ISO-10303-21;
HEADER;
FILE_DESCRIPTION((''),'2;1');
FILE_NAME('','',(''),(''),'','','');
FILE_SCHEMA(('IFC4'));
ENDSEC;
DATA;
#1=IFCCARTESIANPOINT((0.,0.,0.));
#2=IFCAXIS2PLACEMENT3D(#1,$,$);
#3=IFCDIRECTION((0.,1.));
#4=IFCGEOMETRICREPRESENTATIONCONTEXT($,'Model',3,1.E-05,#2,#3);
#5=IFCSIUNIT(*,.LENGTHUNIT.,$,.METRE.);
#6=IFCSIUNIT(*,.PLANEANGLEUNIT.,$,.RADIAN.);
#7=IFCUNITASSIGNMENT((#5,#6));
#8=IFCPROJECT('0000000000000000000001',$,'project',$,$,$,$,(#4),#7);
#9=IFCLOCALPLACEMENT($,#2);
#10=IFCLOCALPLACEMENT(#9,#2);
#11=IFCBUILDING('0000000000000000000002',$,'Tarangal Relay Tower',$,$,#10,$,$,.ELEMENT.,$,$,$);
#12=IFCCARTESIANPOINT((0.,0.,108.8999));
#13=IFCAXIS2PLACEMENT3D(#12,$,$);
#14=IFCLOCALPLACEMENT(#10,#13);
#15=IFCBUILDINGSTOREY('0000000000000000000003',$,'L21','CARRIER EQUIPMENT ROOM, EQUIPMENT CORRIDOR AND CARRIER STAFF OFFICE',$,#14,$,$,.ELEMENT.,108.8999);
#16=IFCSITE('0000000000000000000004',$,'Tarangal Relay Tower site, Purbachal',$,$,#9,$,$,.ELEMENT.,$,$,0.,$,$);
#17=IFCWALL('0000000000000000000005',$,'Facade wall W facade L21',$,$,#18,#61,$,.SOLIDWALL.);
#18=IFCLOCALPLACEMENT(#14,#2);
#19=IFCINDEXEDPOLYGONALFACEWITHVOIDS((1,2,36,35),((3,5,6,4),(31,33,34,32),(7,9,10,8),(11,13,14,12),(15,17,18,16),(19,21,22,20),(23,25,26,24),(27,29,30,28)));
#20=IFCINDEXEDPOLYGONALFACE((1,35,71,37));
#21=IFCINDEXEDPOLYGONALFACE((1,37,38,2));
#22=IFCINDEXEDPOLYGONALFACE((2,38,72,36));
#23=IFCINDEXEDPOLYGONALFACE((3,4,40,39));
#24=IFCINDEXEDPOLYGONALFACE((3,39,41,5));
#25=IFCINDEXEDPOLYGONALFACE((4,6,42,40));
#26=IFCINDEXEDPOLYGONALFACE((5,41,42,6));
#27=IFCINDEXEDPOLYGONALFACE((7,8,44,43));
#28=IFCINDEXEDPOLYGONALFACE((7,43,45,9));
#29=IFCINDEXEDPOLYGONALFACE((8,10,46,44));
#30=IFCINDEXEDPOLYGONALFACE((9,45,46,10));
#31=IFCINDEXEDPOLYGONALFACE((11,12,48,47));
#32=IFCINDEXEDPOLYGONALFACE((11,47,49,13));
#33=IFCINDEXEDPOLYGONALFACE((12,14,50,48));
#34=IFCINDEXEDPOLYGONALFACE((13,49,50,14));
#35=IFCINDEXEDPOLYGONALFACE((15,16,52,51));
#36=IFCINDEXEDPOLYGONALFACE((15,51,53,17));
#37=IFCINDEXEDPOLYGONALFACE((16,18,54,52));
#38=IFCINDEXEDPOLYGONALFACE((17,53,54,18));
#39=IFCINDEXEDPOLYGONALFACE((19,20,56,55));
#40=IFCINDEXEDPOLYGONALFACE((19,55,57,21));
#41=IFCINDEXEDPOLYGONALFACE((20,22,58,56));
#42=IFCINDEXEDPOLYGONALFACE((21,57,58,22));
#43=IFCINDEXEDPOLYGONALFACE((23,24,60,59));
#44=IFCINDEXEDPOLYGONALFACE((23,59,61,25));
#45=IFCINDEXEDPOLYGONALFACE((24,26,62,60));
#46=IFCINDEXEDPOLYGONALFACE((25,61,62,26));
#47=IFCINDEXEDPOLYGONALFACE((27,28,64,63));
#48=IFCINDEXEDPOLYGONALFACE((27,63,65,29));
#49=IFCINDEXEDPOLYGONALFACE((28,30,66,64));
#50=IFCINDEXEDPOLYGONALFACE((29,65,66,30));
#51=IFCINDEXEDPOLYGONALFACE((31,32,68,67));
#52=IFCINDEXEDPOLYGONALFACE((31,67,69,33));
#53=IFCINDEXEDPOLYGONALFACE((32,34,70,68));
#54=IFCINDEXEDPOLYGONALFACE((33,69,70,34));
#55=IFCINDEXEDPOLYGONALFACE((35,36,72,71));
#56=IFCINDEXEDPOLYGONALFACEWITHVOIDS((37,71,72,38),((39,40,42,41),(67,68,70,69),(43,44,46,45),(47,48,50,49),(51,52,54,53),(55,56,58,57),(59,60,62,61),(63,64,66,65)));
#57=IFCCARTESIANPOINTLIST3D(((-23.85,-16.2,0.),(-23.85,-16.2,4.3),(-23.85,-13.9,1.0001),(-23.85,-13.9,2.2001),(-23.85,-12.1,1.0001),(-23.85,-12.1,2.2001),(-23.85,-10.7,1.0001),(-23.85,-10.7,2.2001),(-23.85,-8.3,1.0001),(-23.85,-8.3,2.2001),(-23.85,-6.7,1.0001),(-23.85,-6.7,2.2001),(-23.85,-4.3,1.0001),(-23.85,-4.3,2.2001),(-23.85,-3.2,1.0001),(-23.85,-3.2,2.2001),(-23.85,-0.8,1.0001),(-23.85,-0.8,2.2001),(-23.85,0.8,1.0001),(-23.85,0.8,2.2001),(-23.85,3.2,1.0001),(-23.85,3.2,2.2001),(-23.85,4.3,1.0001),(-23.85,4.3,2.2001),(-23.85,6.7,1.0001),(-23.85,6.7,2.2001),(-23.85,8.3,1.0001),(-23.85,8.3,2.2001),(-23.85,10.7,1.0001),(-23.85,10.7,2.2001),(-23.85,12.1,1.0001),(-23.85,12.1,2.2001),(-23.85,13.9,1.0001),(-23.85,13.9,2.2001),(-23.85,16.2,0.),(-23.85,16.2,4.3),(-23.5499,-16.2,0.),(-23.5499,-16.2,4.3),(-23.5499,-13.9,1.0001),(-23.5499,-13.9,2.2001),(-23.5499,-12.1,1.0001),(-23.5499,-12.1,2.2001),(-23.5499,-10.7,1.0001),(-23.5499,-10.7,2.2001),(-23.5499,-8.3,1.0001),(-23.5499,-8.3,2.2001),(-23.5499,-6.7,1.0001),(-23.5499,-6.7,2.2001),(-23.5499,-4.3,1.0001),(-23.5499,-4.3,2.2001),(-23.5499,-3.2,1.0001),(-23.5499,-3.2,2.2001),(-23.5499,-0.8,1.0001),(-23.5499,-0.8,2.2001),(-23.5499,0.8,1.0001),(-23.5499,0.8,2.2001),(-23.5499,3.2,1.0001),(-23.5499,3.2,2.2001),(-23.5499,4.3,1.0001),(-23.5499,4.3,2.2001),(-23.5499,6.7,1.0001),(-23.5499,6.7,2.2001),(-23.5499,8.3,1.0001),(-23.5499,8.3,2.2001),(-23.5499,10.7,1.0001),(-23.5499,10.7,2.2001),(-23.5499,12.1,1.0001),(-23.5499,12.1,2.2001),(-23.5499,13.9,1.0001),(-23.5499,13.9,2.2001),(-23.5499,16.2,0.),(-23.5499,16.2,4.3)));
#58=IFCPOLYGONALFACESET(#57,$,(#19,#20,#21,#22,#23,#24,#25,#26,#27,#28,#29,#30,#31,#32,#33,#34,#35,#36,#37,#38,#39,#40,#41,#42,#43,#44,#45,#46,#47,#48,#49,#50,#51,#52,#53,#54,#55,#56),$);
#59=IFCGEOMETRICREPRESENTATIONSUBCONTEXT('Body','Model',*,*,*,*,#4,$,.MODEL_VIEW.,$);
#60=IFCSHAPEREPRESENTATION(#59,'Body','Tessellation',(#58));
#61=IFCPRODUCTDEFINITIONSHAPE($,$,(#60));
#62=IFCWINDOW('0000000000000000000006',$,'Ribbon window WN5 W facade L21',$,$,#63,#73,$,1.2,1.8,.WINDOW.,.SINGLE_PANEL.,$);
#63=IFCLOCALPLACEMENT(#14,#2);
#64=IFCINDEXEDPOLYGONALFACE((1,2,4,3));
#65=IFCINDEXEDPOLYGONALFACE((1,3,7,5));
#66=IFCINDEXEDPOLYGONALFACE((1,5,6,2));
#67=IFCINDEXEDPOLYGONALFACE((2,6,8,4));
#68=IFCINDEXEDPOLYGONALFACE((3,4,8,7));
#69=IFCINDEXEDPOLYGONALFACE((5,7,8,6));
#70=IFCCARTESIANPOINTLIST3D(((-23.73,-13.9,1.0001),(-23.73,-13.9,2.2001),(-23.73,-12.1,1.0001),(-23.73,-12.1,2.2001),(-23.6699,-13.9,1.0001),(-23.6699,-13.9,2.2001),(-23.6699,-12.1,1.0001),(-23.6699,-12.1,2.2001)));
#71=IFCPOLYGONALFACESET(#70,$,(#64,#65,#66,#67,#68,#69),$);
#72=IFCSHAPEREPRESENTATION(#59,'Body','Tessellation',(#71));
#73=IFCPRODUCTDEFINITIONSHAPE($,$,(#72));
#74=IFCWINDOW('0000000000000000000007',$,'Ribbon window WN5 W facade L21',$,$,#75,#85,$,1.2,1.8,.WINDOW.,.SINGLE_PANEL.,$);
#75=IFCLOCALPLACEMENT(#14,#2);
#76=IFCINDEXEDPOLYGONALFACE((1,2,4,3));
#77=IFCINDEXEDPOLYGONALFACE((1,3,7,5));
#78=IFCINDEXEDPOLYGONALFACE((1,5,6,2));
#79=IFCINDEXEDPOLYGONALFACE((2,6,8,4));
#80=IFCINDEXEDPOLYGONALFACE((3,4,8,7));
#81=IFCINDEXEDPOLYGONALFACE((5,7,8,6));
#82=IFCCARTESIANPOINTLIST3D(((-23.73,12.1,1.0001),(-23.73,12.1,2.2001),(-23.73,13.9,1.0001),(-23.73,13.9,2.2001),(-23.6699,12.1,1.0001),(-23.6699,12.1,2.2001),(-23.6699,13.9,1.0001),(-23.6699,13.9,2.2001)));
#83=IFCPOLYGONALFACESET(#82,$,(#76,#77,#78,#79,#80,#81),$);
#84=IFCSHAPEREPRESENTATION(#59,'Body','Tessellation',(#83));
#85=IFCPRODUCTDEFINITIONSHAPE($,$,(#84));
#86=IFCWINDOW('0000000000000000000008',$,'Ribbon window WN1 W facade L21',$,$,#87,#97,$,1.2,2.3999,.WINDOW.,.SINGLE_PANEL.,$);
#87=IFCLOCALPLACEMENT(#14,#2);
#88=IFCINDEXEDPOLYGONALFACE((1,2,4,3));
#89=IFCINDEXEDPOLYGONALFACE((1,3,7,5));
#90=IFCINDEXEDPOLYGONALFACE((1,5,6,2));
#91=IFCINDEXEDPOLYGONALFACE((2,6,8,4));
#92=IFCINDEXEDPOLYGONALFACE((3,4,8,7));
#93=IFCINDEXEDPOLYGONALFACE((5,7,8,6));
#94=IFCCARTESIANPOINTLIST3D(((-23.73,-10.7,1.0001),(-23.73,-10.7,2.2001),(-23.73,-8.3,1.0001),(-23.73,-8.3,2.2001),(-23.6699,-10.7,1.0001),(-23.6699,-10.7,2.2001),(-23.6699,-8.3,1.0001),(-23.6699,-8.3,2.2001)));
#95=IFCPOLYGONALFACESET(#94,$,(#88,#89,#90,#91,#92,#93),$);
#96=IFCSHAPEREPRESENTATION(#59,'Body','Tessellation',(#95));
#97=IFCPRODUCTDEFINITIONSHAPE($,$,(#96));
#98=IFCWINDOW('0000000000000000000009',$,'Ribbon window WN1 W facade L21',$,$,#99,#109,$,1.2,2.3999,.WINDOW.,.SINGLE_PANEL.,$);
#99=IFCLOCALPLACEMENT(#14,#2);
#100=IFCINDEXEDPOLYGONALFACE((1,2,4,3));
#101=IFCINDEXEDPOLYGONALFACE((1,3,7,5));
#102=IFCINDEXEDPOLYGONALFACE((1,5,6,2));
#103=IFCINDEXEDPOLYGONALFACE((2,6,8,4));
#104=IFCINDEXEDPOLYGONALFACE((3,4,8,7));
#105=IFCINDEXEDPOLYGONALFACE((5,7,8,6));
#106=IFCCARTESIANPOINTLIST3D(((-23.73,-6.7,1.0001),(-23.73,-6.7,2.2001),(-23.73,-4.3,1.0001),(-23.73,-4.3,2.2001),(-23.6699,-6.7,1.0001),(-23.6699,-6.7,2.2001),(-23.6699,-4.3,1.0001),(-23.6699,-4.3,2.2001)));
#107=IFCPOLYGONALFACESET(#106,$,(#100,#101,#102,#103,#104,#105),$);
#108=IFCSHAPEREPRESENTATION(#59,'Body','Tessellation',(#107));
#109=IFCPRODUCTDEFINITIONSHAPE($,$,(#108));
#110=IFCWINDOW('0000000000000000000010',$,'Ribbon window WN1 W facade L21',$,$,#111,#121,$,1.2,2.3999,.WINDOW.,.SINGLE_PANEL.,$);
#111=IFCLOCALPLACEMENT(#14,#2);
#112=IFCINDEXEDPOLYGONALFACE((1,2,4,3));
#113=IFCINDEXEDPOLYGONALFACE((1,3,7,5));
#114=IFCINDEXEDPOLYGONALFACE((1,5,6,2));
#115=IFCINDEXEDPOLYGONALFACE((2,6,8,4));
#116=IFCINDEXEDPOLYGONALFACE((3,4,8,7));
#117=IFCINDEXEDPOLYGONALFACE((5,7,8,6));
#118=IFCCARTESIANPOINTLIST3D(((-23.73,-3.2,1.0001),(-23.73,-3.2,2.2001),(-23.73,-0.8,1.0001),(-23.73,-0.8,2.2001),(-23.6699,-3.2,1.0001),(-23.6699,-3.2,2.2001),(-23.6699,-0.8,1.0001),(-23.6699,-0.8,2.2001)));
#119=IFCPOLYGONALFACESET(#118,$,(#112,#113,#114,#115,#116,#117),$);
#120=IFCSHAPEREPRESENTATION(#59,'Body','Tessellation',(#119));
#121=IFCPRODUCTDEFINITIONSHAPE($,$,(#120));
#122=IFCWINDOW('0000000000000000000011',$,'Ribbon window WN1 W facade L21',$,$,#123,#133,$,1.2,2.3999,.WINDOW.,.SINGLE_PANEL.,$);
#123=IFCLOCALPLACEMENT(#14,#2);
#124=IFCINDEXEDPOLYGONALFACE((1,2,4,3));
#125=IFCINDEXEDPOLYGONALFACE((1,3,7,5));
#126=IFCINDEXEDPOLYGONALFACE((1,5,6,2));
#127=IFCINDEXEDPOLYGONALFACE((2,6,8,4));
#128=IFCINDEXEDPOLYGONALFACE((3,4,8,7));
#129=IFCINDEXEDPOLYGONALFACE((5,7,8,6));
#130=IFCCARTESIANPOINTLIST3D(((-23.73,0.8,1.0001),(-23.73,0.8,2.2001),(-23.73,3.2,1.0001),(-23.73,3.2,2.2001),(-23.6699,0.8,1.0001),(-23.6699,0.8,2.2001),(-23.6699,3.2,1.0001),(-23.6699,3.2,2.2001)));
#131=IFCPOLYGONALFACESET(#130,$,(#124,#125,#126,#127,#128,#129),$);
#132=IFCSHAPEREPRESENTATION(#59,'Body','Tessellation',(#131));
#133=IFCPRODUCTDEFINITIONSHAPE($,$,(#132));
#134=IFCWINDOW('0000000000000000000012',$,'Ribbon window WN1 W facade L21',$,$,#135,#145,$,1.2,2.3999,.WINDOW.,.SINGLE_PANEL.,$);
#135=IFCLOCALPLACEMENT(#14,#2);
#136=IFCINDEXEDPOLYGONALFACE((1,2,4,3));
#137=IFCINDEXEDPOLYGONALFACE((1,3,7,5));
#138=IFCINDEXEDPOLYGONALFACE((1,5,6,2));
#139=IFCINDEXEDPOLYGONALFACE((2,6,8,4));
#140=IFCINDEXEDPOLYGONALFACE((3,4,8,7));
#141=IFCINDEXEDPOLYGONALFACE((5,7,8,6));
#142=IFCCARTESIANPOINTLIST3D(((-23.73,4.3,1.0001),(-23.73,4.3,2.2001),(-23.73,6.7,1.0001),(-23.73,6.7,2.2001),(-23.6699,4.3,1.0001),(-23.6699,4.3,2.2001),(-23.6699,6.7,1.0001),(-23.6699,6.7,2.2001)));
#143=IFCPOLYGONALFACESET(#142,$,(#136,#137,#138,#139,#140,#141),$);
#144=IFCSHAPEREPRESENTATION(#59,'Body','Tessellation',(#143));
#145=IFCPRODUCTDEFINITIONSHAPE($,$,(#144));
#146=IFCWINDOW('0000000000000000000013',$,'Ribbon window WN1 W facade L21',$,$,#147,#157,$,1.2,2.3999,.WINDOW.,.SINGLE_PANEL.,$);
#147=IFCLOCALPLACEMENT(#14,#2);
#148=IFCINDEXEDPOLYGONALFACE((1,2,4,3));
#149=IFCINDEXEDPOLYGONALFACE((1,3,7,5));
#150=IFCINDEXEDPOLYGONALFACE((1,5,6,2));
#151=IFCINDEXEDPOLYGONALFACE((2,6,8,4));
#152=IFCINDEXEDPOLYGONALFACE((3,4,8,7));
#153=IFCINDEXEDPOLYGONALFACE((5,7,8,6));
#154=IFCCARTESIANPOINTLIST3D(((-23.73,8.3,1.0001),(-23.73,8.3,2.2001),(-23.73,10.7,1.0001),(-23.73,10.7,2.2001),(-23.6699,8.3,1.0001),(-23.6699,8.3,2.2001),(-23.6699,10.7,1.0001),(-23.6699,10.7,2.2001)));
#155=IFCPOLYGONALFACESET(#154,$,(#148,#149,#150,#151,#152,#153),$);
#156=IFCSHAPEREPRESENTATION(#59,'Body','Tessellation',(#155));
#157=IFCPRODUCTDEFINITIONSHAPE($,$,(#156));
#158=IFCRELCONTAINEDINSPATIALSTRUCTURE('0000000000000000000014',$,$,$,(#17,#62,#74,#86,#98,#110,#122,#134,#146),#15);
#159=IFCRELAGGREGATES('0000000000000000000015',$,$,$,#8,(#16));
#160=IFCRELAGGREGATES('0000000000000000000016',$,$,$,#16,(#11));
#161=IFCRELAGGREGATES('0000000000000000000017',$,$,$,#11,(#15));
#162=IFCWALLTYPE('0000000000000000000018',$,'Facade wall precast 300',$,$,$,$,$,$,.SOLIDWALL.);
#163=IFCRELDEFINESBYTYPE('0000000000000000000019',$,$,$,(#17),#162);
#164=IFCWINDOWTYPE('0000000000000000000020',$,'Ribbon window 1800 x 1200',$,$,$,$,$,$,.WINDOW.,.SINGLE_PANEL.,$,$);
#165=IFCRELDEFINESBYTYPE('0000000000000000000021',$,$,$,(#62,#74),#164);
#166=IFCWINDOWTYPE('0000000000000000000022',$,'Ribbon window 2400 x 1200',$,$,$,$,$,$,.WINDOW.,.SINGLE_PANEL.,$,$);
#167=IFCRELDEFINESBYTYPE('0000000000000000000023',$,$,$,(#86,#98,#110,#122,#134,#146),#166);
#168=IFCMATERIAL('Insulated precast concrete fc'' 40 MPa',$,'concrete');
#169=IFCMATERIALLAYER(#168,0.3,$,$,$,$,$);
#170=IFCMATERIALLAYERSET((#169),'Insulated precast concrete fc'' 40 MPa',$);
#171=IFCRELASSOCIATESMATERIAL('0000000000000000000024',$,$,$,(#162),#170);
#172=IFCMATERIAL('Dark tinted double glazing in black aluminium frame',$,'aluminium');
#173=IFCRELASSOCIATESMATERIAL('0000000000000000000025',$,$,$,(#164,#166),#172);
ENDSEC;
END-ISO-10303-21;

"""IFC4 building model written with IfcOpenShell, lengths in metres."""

from ifc_helpers import new_model, si_unit, direction, frame, frame_2d, origin, place, context, subcontext, project, spatial, rectangle, extrude, material, layer, layer_set, type_object, element, fill, save


model = new_model("IFC4")

# Units and contexts
model_context = context("Model", 3, precision=1e-05, world=origin(), true_north=direction((0.0, 1.0)))
body_context = subcontext(model_context, "Body", "Model", "MODEL_VIEW")
ifc_project = project(units=[si_unit("LENGTHUNIT", "METRE"), si_unit("PLANEANGLEUNIT", "RADIAN")], contexts=[model_context])

# Site, building, storey
site_placement = place(None, origin())
site = spatial("IfcSite", under=ifc_project, at=site_placement, Name="Tarangal Relay Tower site, Purbachal", CompositionType="ELEMENT", RefElevation=0.0)
building_placement = place(site_placement, origin())
building = spatial("IfcBuilding", under=site, at=building_placement, Name="Tarangal Relay Tower", CompositionType="ELEMENT")
storey_placement = place(building_placement, frame((0.0, 0.0, 108.8999)))
storey = spatial("IfcBuildingStorey", under=building, at=storey_placement, Name="L21", Description="CARRIER EQUIPMENT ROOM, EQUIPMENT CORRIDOR AND CARRIER STAFF OFFICE", CompositionType="ELEMENT", Elevation=108.8999)

# Shared definitions
ifc_material_1 = material(Name="Insulated precast concrete fc' 40 MPa", Category="concrete")
ifc_layer = layer(ifc_material_1, 0.3)
ifc_layer_set = layer_set([ifc_layer], Name="Insulated precast concrete fc' 40 MPa")
wall_type = type_object("IfcWallType", Name="Facade wall precast 300", PredefinedType="SOLIDWALL", material=ifc_layer_set)

# Wall, openings, windows
wall_placement = place(storey_placement, frame((-23.7, -16.2, 0.0), z_axis=(0.0, 0.0, 1.0), x_axis=(0.0, 1.0, 0.0)))
wall = element("IfcWall", 1, at=wall_placement, inside=storey, type_object=wall_type, Name="Facade wall W facade L21", PredefinedType="SOLIDWALL", context=body_context, shape_type="SweptSolid", body=[
    extrude(rectangle(XDim=32.3999, YDim=0.3, at=frame_2d((16.2, 0.0))), origin(), (0.0, 0.0, 1.0), 4.3),
])
opening_1_placement = place(wall_placement, frame((2.3, 0.0, 1.0)))
opening_1 = element("IfcOpeningElement", 2, at=opening_1_placement, cuts=wall, PredefinedType="OPENING", context=body_context, shape_type="SweptSolid", body=[
    extrude(rectangle(XDim=1.8, YDim=1.2, at=frame_2d((0.8999, 0.6001))), frame((0.0, 0.1599, 0.0), z_axis=(0.0, -1.0, 0.0), x_axis=(1.0, 0.0, 0.0)), (0.0, 0.0, 1.0), 0.3201),
])
opening_2_placement = place(wall_placement, frame((5.5, 0.0, 1.0)))
opening_2 = element("IfcOpeningElement", 3, at=opening_2_placement, cuts=wall, PredefinedType="OPENING", context=body_context, shape_type="SweptSolid", body=[
    extrude(rectangle(XDim=2.3999, YDim=1.2, at=frame_2d((1.2, 0.6001))), frame((0.0, 0.1599, 0.0), z_axis=(0.0, -1.0, 0.0), x_axis=(1.0, 0.0, 0.0)), (0.0, 0.0, 1.0), 0.3201),
])
opening_3_placement = place(wall_placement, frame((9.5, 0.0, 1.0)))
opening_3 = element("IfcOpeningElement", 4, at=opening_3_placement, cuts=wall, PredefinedType="OPENING", context=body_context, shape_type="SweptSolid", body=[
    extrude(rectangle(XDim=2.3999, YDim=1.2, at=frame_2d((1.2, 0.6001))), frame((0.0, 0.1599, 0.0), z_axis=(0.0, -1.0, 0.0), x_axis=(1.0, 0.0, 0.0)), (0.0, 0.0, 1.0), 0.3201),
])
opening_4_placement = place(wall_placement, frame((13.0, 0.0, 1.0)))
opening_4 = element("IfcOpeningElement", 5, at=opening_4_placement, cuts=wall, PredefinedType="OPENING", context=body_context, shape_type="SweptSolid", body=[
    extrude(rectangle(XDim=2.3999, YDim=1.2, at=frame_2d((1.2, 0.6001))), frame((0.0, 0.1599, 0.0), z_axis=(0.0, -1.0, 0.0), x_axis=(1.0, 0.0, 0.0)), (0.0, 0.0, 1.0), 0.3201),
])
opening_5_placement = place(wall_placement, frame((17.0, 0.0, 1.0)))
opening_5 = element("IfcOpeningElement", 6, at=opening_5_placement, cuts=wall, PredefinedType="OPENING", context=body_context, shape_type="SweptSolid", body=[
    extrude(rectangle(XDim=2.3999, YDim=1.2, at=frame_2d((1.2, 0.6001))), frame((0.0, 0.1599, 0.0), z_axis=(0.0, -1.0, 0.0), x_axis=(1.0, 0.0, 0.0)), (0.0, 0.0, 1.0), 0.3201),
])
opening_6_placement = place(wall_placement, frame((20.5, 0.0, 1.0)))
opening_6 = element("IfcOpeningElement", 7, at=opening_6_placement, cuts=wall, PredefinedType="OPENING", context=body_context, shape_type="SweptSolid", body=[
    extrude(rectangle(XDim=2.3999, YDim=1.2, at=frame_2d((1.2, 0.6001))), frame((0.0, 0.1599, 0.0), z_axis=(0.0, -1.0, 0.0), x_axis=(1.0, 0.0, 0.0)), (0.0, 0.0, 1.0), 0.3201),
])
opening_7_placement = place(wall_placement, frame((24.5, 0.0, 1.0)))
opening_7 = element("IfcOpeningElement", 8, at=opening_7_placement, cuts=wall, PredefinedType="OPENING", context=body_context, shape_type="SweptSolid", body=[
    extrude(rectangle(XDim=2.3999, YDim=1.2, at=frame_2d((1.2, 0.6001))), frame((0.0, 0.1599, 0.0), z_axis=(0.0, -1.0, 0.0), x_axis=(1.0, 0.0, 0.0)), (0.0, 0.0, 1.0), 0.3201),
])
opening_8_placement = place(wall_placement, frame((28.3, 0.0, 1.0)))
opening_8 = element("IfcOpeningElement", 9, at=opening_8_placement, cuts=wall, PredefinedType="OPENING", context=body_context, shape_type="SweptSolid", body=[
    extrude(rectangle(XDim=1.8, YDim=1.2, at=frame_2d((0.8999, 0.6001))), frame((0.0, 0.1599, 0.0), z_axis=(0.0, -1.0, 0.0), x_axis=(1.0, 0.0, 0.0)), (0.0, 0.0, 1.0), 0.3201),
])
ifc_material_2 = material(Name="Dark tinted double glazing in black aluminium frame", Category="aluminium")
window_type_1 = type_object("IfcWindowType", Name="Ribbon window 1800 x 1200", PartitioningType="SINGLE_PANEL", PredefinedType="WINDOW", material=ifc_material_2)
window_1_placement = place(opening_1_placement, origin())
window_1 = element("IfcWindow", 10, at=window_1_placement, inside=storey, type_object=window_type_1, Name="Ribbon window WN5 W facade L21", OverallHeight=1.2, OverallWidth=1.8, PartitioningType="SINGLE_PANEL", PredefinedType="WINDOW", context=body_context, shape_type="SweptSolid", body=[
    extrude(rectangle(XDim=1.8, YDim=1.2, at=frame_2d((0.8999, 0.6001))), frame((0.0, 0.03, 0.0), z_axis=(0.0, -1.0, 0.0), x_axis=(1.0, 0.0, 0.0)), (0.0, 0.0, 1.0), 0.0601),
])
fill(opening_1, window_1)
window_2_placement = place(opening_8_placement, origin())
window_2 = element("IfcWindow", 11, at=window_2_placement, inside=storey, type_object=window_type_1, Name="Ribbon window WN5 W facade L21", OverallHeight=1.2, OverallWidth=1.8, PartitioningType="SINGLE_PANEL", PredefinedType="WINDOW", context=body_context, shape_type="SweptSolid", body=[
    extrude(rectangle(XDim=1.8, YDim=1.2, at=frame_2d((0.8999, 0.6001))), frame((0.0, 0.03, 0.0), z_axis=(0.0, -1.0, 0.0), x_axis=(1.0, 0.0, 0.0)), (0.0, 0.0, 1.0), 0.0601),
])
fill(opening_8, window_2)
window_type_2 = type_object("IfcWindowType", Name="Ribbon window 2400 x 1200", PartitioningType="SINGLE_PANEL", PredefinedType="WINDOW", material=ifc_material_2)
window_3_placement = place(opening_2_placement, origin())
window_3 = element("IfcWindow", 12, at=window_3_placement, inside=storey, type_object=window_type_2, Name="Ribbon window WN1 W facade L21", OverallHeight=1.2, OverallWidth=2.3999, PartitioningType="SINGLE_PANEL", PredefinedType="WINDOW", context=body_context, shape_type="SweptSolid", body=[
    extrude(rectangle(XDim=2.3999, YDim=1.2, at=frame_2d((1.2, 0.6001))), frame((0.0, 0.03, 0.0), z_axis=(0.0, -1.0, 0.0), x_axis=(1.0, 0.0, 0.0)), (0.0, 0.0, 1.0), 0.0601),
])
fill(opening_2, window_3)
window_4_placement = place(opening_3_placement, origin())
window_4 = element("IfcWindow", 13, at=window_4_placement, inside=storey, type_object=window_type_2, Name="Ribbon window WN1 W facade L21", OverallHeight=1.2, OverallWidth=2.3999, PartitioningType="SINGLE_PANEL", PredefinedType="WINDOW", context=body_context, shape_type="SweptSolid", body=[
    extrude(rectangle(XDim=2.3999, YDim=1.2, at=frame_2d((1.2, 0.6001))), frame((0.0, 0.03, 0.0), z_axis=(0.0, -1.0, 0.0), x_axis=(1.0, 0.0, 0.0)), (0.0, 0.0, 1.0), 0.0601),
])
fill(opening_3, window_4)
window_5_placement = place(opening_4_placement, origin())
window_5 = element("IfcWindow", 14, at=window_5_placement, inside=storey, type_object=window_type_2, Name="Ribbon window WN1 W facade L21", OverallHeight=1.2, OverallWidth=2.3999, PartitioningType="SINGLE_PANEL", PredefinedType="WINDOW", context=body_context, shape_type="SweptSolid", body=[
    extrude(rectangle(XDim=2.3999, YDim=1.2, at=frame_2d((1.2, 0.6001))), frame((0.0, 0.03, 0.0), z_axis=(0.0, -1.0, 0.0), x_axis=(1.0, 0.0, 0.0)), (0.0, 0.0, 1.0), 0.0601),
])
fill(opening_4, window_5)
window_6_placement = place(opening_5_placement, origin())
window_6 = element("IfcWindow", 15, at=window_6_placement, inside=storey, type_object=window_type_2, Name="Ribbon window WN1 W facade L21", OverallHeight=1.2, OverallWidth=2.3999, PartitioningType="SINGLE_PANEL", PredefinedType="WINDOW", context=body_context, shape_type="SweptSolid", body=[
    extrude(rectangle(XDim=2.3999, YDim=1.2, at=frame_2d((1.2, 0.6001))), frame((0.0, 0.03, 0.0), z_axis=(0.0, -1.0, 0.0), x_axis=(1.0, 0.0, 0.0)), (0.0, 0.0, 1.0), 0.0601),
])
fill(opening_5, window_6)
window_7_placement = place(opening_6_placement, origin())
window_7 = element("IfcWindow", 16, at=window_7_placement, inside=storey, type_object=window_type_2, Name="Ribbon window WN1 W facade L21", OverallHeight=1.2, OverallWidth=2.3999, PartitioningType="SINGLE_PANEL", PredefinedType="WINDOW", context=body_context, shape_type="SweptSolid", body=[
    extrude(rectangle(XDim=2.3999, YDim=1.2, at=frame_2d((1.2, 0.6001))), frame((0.0, 0.03, 0.0), z_axis=(0.0, -1.0, 0.0), x_axis=(1.0, 0.0, 0.0)), (0.0, 0.0, 1.0), 0.0601),
])
fill(opening_6, window_7)
window_8_placement = place(opening_7_placement, origin())
window_8 = element("IfcWindow", 17, at=window_8_placement, inside=storey, type_object=window_type_2, Name="Ribbon window WN1 W facade L21", OverallHeight=1.2, OverallWidth=2.3999, PartitioningType="SINGLE_PANEL", PredefinedType="WINDOW", context=body_context, shape_type="SweptSolid", body=[
    extrude(rectangle(XDim=2.3999, YDim=1.2, at=frame_2d((1.2, 0.6001))), frame((0.0, 0.03, 0.0), z_axis=(0.0, -1.0, 0.0), x_axis=(1.0, 0.0, 0.0)), (0.0, 0.0, 1.0), 0.0601),
])
fill(opening_7, window_8)

save(model, "model.ifc")
